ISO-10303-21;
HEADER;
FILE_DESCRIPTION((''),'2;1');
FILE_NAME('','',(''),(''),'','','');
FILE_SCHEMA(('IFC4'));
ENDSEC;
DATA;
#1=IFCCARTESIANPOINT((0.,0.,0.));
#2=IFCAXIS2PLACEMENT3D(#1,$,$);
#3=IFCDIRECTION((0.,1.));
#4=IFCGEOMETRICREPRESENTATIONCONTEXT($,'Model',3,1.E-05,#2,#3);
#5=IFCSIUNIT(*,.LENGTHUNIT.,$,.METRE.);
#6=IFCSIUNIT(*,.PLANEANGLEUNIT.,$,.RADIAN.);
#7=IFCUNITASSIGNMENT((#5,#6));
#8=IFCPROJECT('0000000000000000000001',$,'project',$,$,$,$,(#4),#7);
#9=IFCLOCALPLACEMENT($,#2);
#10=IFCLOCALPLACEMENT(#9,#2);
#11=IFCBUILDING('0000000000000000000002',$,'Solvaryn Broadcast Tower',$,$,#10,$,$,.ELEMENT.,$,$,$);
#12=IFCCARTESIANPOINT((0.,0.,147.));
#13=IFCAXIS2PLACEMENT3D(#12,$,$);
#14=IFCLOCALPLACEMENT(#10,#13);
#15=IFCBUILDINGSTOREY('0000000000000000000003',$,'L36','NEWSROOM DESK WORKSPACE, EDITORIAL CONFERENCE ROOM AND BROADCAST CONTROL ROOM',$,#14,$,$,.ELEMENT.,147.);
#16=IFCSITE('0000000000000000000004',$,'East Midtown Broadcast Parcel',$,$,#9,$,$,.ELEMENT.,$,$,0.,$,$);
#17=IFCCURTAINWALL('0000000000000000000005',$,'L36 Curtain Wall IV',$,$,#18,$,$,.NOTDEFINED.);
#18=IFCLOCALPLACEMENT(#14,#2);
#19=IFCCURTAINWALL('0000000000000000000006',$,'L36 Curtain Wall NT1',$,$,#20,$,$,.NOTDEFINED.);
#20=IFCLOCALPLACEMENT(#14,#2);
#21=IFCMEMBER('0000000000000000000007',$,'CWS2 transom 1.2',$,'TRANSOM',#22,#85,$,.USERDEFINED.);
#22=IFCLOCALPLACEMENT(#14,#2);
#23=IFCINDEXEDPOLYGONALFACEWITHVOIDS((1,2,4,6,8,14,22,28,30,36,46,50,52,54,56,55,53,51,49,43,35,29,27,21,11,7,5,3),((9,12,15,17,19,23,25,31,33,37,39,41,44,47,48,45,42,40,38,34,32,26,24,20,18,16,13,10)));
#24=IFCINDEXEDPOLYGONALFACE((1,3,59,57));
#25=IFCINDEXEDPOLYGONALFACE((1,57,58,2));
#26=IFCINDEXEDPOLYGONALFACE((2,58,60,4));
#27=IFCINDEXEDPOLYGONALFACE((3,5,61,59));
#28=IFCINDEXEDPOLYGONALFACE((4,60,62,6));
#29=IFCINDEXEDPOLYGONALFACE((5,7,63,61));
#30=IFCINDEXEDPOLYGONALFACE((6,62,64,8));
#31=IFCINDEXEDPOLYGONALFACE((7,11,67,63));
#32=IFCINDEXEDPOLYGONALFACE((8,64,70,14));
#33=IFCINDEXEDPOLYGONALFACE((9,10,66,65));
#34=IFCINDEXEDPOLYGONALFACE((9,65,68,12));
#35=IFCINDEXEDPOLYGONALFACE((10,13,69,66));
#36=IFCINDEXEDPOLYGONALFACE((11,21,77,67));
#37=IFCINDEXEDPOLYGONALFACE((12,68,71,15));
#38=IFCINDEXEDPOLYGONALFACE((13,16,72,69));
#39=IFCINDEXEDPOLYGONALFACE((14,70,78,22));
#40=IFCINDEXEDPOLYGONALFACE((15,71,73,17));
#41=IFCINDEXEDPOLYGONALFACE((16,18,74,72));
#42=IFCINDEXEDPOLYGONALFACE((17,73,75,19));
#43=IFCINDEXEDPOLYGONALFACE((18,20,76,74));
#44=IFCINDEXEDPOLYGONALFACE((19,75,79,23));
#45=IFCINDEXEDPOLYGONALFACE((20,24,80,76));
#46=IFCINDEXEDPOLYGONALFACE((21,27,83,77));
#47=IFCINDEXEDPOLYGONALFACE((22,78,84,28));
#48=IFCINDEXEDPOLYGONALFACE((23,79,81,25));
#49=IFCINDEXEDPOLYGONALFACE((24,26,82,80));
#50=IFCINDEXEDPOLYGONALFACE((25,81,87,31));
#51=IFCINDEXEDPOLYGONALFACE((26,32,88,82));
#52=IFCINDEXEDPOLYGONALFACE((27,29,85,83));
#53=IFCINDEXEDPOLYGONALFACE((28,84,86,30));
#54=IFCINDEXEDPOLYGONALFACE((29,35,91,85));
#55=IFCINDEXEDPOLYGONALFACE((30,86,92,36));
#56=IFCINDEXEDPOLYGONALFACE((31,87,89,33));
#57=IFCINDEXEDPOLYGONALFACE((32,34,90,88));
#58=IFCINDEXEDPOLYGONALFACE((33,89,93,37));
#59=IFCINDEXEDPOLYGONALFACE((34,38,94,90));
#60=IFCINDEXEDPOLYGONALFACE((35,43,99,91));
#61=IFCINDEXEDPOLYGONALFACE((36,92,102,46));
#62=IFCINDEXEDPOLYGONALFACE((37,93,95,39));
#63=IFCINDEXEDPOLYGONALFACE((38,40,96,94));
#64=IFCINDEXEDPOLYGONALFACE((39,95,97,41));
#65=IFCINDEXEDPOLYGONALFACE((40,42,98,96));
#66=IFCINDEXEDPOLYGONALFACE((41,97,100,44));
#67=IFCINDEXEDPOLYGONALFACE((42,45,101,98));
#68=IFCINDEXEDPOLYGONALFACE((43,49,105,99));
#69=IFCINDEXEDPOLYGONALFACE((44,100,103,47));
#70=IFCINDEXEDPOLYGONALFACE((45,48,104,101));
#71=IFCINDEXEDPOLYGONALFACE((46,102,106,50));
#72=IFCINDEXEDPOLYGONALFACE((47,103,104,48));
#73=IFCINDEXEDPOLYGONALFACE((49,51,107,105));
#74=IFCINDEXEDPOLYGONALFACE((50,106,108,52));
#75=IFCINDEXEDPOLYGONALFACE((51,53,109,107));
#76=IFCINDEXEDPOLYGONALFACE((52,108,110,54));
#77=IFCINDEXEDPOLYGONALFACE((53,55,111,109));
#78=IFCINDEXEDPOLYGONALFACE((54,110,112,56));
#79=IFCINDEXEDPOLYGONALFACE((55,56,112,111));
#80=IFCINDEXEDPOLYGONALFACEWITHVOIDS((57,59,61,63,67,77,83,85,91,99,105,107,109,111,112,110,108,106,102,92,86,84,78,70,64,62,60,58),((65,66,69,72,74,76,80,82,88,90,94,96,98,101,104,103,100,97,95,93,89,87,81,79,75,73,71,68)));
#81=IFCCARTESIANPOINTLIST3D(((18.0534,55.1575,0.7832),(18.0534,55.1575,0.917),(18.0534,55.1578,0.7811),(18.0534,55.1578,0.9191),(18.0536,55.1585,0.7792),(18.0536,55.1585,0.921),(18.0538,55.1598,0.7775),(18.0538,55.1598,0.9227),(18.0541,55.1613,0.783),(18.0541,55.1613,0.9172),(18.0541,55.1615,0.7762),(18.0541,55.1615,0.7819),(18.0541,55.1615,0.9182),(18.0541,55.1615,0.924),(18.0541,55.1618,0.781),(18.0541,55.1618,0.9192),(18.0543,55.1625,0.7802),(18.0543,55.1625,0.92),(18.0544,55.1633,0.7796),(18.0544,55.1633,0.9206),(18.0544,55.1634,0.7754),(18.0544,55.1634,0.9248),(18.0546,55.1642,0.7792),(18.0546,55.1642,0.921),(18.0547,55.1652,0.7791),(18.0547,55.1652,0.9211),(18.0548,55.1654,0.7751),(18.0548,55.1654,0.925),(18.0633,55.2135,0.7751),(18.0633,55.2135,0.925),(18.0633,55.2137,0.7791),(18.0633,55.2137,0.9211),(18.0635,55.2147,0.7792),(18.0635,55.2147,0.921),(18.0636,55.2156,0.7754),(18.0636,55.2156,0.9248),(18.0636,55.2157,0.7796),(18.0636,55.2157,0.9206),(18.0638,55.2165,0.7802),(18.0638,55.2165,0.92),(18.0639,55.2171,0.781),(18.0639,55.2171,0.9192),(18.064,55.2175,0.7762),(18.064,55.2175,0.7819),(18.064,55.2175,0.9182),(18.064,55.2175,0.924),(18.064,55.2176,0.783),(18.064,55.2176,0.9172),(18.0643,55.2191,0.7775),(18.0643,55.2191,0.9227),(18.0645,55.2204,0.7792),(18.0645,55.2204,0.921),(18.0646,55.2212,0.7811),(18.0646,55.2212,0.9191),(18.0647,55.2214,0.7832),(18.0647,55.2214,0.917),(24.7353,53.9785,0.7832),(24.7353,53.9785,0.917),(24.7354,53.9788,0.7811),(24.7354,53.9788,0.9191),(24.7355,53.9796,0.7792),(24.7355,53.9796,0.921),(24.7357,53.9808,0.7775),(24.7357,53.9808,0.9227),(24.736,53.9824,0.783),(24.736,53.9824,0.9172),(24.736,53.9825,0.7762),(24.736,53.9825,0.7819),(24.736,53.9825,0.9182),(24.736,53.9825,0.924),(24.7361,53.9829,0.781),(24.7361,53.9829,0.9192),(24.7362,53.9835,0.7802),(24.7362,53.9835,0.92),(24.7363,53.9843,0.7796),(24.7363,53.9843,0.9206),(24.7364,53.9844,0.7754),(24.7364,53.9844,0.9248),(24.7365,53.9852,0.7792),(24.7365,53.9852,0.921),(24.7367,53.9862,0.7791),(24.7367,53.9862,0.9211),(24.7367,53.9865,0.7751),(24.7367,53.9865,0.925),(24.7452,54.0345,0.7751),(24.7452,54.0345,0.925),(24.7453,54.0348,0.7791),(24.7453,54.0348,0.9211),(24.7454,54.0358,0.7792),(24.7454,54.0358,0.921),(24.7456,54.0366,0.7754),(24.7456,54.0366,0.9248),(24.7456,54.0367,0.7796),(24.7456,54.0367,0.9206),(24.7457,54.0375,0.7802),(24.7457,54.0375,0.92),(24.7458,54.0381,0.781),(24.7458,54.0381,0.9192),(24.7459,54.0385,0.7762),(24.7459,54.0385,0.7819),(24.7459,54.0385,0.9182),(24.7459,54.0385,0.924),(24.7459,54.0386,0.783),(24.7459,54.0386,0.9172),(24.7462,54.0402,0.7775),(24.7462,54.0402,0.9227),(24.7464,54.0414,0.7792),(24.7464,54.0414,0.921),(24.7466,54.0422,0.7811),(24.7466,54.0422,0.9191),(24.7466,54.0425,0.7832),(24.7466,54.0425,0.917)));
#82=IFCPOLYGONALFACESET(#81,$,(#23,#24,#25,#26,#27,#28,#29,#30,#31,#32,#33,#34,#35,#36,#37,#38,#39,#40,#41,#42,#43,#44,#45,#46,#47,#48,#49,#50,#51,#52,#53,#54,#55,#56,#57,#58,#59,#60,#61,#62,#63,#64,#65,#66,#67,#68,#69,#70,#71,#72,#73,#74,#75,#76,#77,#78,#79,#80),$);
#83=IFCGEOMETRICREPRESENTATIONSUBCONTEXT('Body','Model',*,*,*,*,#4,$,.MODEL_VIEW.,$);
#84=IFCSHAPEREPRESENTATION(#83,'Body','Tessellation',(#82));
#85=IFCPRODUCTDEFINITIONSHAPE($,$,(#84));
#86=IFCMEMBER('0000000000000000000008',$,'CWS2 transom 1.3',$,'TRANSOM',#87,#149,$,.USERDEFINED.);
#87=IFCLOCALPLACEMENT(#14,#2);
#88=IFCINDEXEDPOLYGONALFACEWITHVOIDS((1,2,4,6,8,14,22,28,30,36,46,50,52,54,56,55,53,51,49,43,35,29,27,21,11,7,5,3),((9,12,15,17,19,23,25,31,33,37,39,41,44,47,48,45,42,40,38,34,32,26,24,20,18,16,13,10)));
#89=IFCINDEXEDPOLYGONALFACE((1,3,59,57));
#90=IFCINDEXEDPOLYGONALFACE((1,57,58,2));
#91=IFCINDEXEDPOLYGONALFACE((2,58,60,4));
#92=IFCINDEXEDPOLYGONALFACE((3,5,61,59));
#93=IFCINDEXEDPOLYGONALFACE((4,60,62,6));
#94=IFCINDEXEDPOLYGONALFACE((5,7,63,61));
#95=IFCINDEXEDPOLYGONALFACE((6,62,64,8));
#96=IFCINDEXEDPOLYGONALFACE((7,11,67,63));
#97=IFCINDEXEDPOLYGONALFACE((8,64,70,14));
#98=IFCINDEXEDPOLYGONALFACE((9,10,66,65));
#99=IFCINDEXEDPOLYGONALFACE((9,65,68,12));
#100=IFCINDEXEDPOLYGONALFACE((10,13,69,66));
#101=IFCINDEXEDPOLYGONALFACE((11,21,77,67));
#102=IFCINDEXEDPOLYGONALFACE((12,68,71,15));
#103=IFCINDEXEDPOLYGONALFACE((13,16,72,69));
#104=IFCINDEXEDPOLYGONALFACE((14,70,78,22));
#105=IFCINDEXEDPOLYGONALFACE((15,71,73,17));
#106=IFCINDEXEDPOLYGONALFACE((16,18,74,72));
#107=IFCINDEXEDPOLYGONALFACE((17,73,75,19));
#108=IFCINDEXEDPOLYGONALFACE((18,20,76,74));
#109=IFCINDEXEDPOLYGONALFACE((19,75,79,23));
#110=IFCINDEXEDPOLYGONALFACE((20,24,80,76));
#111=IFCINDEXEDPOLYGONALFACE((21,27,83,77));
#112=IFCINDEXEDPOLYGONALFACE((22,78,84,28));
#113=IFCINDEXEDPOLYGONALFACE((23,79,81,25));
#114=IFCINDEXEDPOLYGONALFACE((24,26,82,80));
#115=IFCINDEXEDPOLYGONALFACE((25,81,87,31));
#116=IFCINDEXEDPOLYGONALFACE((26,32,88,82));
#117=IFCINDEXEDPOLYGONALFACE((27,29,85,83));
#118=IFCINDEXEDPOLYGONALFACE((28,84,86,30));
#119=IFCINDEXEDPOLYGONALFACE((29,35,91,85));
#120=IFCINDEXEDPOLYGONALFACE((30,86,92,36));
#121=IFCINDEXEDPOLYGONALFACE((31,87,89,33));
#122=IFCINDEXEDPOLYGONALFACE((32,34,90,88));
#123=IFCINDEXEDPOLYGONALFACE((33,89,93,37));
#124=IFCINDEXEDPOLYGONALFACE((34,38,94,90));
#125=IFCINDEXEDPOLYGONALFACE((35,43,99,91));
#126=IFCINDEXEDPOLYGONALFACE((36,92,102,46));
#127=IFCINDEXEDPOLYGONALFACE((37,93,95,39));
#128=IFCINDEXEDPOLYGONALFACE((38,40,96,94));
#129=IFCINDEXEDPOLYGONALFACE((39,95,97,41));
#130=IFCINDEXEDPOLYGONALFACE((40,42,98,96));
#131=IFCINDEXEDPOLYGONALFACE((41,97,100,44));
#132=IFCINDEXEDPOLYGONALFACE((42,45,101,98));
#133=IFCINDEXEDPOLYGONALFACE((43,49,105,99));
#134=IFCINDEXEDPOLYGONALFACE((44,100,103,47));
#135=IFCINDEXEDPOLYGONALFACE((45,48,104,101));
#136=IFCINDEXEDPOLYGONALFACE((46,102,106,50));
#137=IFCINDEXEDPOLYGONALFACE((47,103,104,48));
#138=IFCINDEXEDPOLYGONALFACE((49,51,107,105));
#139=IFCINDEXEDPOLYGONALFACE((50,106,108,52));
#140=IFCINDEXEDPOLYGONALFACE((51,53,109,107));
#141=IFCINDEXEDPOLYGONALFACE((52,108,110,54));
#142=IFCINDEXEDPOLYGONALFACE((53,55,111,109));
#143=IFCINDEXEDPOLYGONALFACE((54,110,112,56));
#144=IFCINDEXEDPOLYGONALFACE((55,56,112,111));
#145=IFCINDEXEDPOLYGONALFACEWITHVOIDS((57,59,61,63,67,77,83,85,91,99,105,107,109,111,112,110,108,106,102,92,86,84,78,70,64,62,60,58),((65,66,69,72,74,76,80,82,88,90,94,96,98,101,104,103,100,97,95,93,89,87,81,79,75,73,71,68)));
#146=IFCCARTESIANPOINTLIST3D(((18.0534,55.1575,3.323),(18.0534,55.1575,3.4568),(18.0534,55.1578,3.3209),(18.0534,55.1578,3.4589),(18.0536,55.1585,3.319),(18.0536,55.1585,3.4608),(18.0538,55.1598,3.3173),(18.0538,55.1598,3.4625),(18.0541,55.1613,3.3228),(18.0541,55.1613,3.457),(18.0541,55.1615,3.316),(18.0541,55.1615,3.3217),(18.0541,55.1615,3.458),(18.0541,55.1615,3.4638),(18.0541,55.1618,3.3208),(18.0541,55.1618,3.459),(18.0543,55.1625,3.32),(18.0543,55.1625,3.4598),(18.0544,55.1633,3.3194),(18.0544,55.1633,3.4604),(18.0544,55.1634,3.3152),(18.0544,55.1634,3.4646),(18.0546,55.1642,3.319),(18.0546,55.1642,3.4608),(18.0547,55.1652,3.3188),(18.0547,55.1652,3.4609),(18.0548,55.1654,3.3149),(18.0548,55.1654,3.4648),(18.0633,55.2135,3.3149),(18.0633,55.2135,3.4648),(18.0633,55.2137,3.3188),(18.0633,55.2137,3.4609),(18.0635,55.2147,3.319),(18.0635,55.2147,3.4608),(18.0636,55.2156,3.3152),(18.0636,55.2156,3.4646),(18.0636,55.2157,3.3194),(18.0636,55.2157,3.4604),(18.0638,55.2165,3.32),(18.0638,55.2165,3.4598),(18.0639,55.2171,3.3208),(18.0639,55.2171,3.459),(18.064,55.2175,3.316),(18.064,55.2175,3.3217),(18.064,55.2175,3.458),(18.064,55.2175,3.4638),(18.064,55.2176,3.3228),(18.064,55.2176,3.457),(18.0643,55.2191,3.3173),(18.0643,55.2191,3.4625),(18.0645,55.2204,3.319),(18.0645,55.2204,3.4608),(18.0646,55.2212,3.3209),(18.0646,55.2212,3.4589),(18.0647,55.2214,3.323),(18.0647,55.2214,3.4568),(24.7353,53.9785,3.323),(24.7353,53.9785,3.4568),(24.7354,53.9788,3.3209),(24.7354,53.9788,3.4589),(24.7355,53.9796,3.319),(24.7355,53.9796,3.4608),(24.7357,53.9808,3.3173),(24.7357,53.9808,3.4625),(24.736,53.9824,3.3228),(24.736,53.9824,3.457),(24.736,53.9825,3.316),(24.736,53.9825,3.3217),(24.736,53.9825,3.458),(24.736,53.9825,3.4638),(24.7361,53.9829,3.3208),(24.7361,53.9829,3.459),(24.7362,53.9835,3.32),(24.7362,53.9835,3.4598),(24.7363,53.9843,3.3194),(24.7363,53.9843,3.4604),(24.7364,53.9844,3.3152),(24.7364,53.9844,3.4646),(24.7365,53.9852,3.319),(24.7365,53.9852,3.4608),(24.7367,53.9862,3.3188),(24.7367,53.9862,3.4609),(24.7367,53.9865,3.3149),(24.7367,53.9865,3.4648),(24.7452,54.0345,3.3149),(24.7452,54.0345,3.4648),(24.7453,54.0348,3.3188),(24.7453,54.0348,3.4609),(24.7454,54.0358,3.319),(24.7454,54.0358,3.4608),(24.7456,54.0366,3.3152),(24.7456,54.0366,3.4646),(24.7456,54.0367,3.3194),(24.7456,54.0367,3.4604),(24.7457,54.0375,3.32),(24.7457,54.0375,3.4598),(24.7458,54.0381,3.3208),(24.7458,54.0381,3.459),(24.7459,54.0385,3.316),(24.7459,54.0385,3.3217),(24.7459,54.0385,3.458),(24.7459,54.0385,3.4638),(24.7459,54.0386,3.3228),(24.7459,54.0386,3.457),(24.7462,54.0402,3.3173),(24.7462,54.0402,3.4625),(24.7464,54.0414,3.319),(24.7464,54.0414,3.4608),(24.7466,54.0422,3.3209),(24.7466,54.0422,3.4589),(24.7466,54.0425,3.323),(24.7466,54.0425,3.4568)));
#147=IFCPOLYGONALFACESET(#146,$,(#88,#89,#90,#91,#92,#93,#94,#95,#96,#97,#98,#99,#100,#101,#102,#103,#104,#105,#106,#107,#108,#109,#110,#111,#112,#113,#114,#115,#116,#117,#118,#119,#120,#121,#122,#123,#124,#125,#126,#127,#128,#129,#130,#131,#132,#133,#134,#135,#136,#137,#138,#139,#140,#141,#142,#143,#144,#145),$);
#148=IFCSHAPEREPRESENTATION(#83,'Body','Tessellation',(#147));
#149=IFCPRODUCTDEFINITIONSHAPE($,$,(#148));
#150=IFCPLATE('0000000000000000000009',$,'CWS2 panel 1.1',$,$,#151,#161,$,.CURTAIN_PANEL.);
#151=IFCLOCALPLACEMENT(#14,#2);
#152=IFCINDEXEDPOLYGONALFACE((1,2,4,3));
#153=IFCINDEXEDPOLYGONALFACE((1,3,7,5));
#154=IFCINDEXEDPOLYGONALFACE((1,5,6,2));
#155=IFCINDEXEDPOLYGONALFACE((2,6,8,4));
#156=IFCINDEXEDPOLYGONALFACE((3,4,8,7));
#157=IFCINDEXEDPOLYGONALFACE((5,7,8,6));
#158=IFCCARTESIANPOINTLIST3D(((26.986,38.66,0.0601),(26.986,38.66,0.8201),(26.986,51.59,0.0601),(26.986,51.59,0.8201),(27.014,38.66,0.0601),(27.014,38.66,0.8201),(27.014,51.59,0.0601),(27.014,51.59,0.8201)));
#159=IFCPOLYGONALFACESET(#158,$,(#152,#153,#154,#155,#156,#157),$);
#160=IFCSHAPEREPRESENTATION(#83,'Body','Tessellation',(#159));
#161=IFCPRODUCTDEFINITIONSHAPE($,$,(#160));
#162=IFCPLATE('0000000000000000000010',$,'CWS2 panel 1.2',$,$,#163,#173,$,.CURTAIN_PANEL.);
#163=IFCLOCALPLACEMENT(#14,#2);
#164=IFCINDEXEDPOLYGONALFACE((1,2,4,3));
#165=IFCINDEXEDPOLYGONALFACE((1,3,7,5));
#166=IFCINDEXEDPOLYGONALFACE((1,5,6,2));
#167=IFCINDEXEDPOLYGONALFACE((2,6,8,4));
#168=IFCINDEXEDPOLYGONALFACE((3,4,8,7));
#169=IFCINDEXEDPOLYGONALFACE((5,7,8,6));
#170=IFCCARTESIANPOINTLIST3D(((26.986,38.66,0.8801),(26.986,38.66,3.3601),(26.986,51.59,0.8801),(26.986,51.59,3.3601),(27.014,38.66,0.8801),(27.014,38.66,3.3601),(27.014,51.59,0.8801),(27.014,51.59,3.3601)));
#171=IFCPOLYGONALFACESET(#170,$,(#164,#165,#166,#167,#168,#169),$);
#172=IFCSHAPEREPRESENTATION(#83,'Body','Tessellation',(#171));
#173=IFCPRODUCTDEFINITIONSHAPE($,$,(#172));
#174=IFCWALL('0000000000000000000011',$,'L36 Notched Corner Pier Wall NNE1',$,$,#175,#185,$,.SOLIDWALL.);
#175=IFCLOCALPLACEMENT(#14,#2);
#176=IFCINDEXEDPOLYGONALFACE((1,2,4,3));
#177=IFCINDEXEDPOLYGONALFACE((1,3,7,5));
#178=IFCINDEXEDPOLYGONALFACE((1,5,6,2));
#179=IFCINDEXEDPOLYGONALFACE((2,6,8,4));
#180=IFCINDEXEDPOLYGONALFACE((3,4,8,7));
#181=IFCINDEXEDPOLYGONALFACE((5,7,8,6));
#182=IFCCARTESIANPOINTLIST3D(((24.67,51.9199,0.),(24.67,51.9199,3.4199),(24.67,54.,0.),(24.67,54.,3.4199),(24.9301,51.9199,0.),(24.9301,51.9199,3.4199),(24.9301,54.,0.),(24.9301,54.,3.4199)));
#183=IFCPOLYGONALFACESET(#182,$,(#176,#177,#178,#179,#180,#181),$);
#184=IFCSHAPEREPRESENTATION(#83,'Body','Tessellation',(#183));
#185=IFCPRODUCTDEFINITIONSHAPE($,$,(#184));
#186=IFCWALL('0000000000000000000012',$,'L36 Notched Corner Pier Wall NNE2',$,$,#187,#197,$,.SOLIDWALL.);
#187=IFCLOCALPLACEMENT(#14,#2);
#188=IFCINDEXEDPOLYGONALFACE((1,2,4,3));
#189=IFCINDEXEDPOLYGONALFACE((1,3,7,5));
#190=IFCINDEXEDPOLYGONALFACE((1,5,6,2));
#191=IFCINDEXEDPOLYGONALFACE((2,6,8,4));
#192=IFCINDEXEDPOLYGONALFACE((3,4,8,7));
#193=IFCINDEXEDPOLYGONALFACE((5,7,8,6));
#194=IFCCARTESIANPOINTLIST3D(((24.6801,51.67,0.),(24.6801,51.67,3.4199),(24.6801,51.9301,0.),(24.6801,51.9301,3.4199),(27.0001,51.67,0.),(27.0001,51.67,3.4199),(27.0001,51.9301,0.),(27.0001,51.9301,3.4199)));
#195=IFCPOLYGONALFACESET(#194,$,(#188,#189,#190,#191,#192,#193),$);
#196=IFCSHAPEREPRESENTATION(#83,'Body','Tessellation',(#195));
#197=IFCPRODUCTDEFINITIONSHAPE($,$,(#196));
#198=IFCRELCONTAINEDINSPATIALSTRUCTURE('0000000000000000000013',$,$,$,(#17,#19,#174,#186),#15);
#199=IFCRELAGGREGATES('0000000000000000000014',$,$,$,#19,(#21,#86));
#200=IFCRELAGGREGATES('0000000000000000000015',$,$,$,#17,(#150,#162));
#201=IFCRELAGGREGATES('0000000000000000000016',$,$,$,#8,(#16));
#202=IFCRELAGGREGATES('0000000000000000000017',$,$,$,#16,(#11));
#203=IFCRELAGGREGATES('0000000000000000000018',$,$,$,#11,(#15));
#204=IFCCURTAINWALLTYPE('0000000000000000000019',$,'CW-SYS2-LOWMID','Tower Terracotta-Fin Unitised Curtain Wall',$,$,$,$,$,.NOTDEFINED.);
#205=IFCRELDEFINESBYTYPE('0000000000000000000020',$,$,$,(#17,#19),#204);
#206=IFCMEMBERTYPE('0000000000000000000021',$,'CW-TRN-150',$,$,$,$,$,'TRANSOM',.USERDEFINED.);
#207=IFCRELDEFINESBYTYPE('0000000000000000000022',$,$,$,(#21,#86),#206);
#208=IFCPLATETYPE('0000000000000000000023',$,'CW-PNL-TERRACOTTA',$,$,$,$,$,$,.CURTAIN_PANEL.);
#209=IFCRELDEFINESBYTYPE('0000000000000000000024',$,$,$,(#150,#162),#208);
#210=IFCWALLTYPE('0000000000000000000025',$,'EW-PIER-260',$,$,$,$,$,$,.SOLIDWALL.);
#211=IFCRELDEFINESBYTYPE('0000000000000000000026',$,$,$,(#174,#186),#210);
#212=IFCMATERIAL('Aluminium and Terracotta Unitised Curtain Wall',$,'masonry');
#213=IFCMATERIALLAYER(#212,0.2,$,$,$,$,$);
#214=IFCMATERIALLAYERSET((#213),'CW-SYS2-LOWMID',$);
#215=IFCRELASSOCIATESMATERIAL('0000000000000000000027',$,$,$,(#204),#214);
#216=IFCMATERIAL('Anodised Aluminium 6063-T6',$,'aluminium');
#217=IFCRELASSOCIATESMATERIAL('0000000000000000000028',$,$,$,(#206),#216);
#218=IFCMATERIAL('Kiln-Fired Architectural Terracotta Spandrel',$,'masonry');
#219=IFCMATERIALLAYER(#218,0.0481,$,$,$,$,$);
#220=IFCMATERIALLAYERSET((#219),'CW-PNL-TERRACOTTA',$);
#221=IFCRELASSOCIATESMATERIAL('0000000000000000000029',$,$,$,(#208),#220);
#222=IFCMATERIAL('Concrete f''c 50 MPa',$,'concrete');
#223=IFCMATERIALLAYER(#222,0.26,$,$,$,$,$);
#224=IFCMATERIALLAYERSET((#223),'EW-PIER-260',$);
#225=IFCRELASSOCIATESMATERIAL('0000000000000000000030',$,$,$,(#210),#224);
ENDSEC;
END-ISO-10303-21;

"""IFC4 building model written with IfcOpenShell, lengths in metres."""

from ifc_helpers import new_model, si_unit, direction, frame, frame_2d, origin, origin_2d, place, context, subcontext, project, spatial, rectangle, hollow_rectangle, extrude, material, layer, layer_set, material_profile, profile_set, type_object, element, aggregate, save


model = new_model("IFC4")

# Units and contexts
model_context = context("Model", 3, precision=1e-05, world=origin(), true_north=direction((0.0, 1.0)))
body_context = subcontext(model_context, "Body", "Model", "MODEL_VIEW")
ifc_project = project(units=[si_unit("LENGTHUNIT", "METRE"), si_unit("PLANEANGLEUNIT", "RADIAN")], contexts=[model_context])

# Site, building, storey
site_placement = place(None, origin())
site = spatial("IfcSite", under=ifc_project, at=site_placement, Name="East Midtown Broadcast Parcel", CompositionType="ELEMENT", RefElevation=0.0)
building_placement = place(site_placement, origin())
building = spatial("IfcBuilding", under=site, at=building_placement, Name="Solvaryn Broadcast Tower", CompositionType="ELEMENT")
storey_placement = place(building_placement, frame((0.0, 0.0, 147.0)))
storey = spatial("IfcBuildingStorey", under=building, at=storey_placement, Name="L36", Description="NEWSROOM DESK WORKSPACE, EDITORIAL CONFERENCE ROOM AND BROADCAST CONTROL ROOM", CompositionType="ELEMENT", Elevation=147.0)

# Curtain wall
ifc_material_1 = material(Name="Aluminium and Terracotta Unitised Curtain Wall", Category="masonry")
ifc_layer_1 = layer(ifc_material_1, 0.2)
ifc_layer_set_1 = layer_set([ifc_layer_1], Name="CW-SYS2-LOWMID")
curtain_wall_type = type_object("IfcCurtainWallType", Name="CW-SYS2-LOWMID", Description="Tower Terracotta-Fin Unitised Curtain Wall", PredefinedType="NOTDEFINED", material=ifc_layer_set_1)
curtain_wall_1_placement = place(storey_placement, origin())
curtain_wall_1 = element("IfcCurtainWall", 1, at=curtain_wall_1_placement, inside=storey, type_object=curtain_wall_type, Name="L36 Curtain Wall IV", PredefinedType="NOTDEFINED")

# Curtain wall
curtain_wall_2_placement = place(storey_placement, origin())
curtain_wall_2 = element("IfcCurtainWall", 2, at=curtain_wall_2_placement, inside=storey, type_object=curtain_wall_type, Name="L36 Curtain Wall NT1", PredefinedType="NOTDEFINED")

# Members
ifc_material_2 = material(Name="Anodised Aluminium 6063-T6", Category="aluminium")
ifc_material_profile_1 = material_profile(ifc_material_2, hollow_rectangle(XDim=0.0649, YDim=0.1499, WallThickness=0.0039, InnerFilletRadius=0.0039, OuterFilletRadius=0.0081, at=origin_2d()))
ifc_profile_set_1 = profile_set([ifc_material_profile_1], Name="Anodised Aluminium 6063-T6")
member_type_1 = type_object("IfcMemberType", Name="CW-TRN-150", ElementType="TRANSOM", PredefinedType="USERDEFINED", material=ifc_profile_set_1)
member_1_placement = place(storey_placement, frame((24.741, 54.0105, 0.8501), z_axis=(-0.984789, 0.173757, 0.0), x_axis=(-0.173757, -0.984789, 0.0)))
member_1 = element("IfcMember", 3, at=member_1_placement, type_object=member_type_1, Name="CWS2 transom 1.2", ObjectType="TRANSOM", PredefinedType="USERDEFINED", context=body_context, shape_type="SweptSolid", body=[
    extrude(hollow_rectangle(XDim=0.0649, YDim=0.1499, WallThickness=0.0039, InnerFilletRadius=0.0039, OuterFilletRadius=0.0081, at=origin_2d()), origin(), (0.0, 0.0, 1.0), 6.7852),
])
member_2_placement = place(storey_placement, frame((24.741, 54.0105, 3.3899), z_axis=(-0.984789, 0.173757, 0.0), x_axis=(-0.173757, -0.984789, 0.0)))
member_2 = element("IfcMember", 4, at=member_2_placement, type_object=member_type_1, Name="CWS2 transom 1.3", ObjectType="TRANSOM", PredefinedType="USERDEFINED", context=body_context, shape_type="SweptSolid", body=[
    extrude(hollow_rectangle(XDim=0.0649, YDim=0.1499, WallThickness=0.0039, InnerFilletRadius=0.0039, OuterFilletRadius=0.0081, at=origin_2d()), origin(), (0.0, 0.0, 1.0), 6.7852),
])
aggregate(curtain_wall_2, [member_1, member_2])

# Plates
ifc_material_3 = material(Name="Kiln-Fired Architectural Terracotta Spandrel", Category="masonry")
ifc_layer_2 = layer(ifc_material_3, 0.0481)
ifc_layer_set_2 = layer_set([ifc_layer_2], Name="CW-PNL-TERRACOTTA")
plate_type = type_object("IfcPlateType", Name="CW-PNL-TERRACOTTA", PredefinedType="CURTAIN_PANEL", material=ifc_layer_set_2)
plate_1_placement = place(storey_placement, frame((27.0, 45.125, 0.0601), z_axis=(0.0, 0.0, 1.0), x_axis=(0.0, -1.0, 0.0)))
plate_1 = element("IfcPlate", 5, at=plate_1_placement, type_object=plate_type, Name="CWS2 panel 1.1", PredefinedType="CURTAIN_PANEL", context=body_context, shape_type="SweptSolid", body=[
    extrude(rectangle(XDim=12.9299, YDim=0.0281, at=origin_2d()), origin(), (0.0, 0.0, 1.0), 0.76),
])
plate_2_placement = place(storey_placement, frame((27.0, 45.125, 0.8801), z_axis=(0.0, 0.0, 1.0), x_axis=(0.0, -1.0, 0.0)))
plate_2 = element("IfcPlate", 6, at=plate_2_placement, type_object=plate_type, Name="CWS2 panel 1.2", PredefinedType="CURTAIN_PANEL", context=body_context, shape_type="SweptSolid", body=[
    extrude(rectangle(XDim=12.9299, YDim=0.0281, at=origin_2d()), origin(), (0.0, 0.0, 1.0), 2.48),
])
aggregate(curtain_wall_1, [plate_1, plate_2])

# Walls
ifc_material_4 = material(Name="Concrete f'c 50 MPa", Category="concrete")
ifc_layer_3 = layer(ifc_material_4, 0.26)
ifc_layer_set_3 = layer_set([ifc_layer_3], Name="EW-PIER-260")
wall_type_1 = type_object("IfcWallType", Name="EW-PIER-260", PredefinedType="SOLIDWALL", material=ifc_layer_set_3)
wall_1_placement = place(storey_placement, frame((24.8, 54.0, 0.0), z_axis=(0.0, 0.0, 1.0), x_axis=(0.0, -1.0, 0.0)))
element("IfcWall", 7, at=wall_1_placement, inside=storey, type_object=wall_type_1, Name="L36 Notched Corner Pier Wall NNE1", PredefinedType="SOLIDWALL", context=body_context, shape_type="SweptSolid", body=[
    extrude(rectangle(XDim=2.0801, YDim=0.26, at=frame_2d((1.04, 0.0))), origin(), (0.0, 0.0, 1.0), 3.4199),
])
wall_2_placement = place(storey_placement, frame((24.6799, 51.8, 0.0), z_axis=(0.0, 0.0, 1.0), x_axis=(1.0, 0.0, 0.0)))
element("IfcWall", 8, at=wall_2_placement, inside=storey, type_object=wall_type_1, Name="L36 Notched Corner Pier Wall NNE2", PredefinedType="SOLIDWALL", context=body_context, shape_type="SweptSolid", body=[
    extrude(rectangle(XDim=2.3201, YDim=0.26, at=frame_2d((1.1602, 0.0))), origin(), (0.0, 0.0, 1.0), 3.4199),
])

save(model, "model.ifc")
